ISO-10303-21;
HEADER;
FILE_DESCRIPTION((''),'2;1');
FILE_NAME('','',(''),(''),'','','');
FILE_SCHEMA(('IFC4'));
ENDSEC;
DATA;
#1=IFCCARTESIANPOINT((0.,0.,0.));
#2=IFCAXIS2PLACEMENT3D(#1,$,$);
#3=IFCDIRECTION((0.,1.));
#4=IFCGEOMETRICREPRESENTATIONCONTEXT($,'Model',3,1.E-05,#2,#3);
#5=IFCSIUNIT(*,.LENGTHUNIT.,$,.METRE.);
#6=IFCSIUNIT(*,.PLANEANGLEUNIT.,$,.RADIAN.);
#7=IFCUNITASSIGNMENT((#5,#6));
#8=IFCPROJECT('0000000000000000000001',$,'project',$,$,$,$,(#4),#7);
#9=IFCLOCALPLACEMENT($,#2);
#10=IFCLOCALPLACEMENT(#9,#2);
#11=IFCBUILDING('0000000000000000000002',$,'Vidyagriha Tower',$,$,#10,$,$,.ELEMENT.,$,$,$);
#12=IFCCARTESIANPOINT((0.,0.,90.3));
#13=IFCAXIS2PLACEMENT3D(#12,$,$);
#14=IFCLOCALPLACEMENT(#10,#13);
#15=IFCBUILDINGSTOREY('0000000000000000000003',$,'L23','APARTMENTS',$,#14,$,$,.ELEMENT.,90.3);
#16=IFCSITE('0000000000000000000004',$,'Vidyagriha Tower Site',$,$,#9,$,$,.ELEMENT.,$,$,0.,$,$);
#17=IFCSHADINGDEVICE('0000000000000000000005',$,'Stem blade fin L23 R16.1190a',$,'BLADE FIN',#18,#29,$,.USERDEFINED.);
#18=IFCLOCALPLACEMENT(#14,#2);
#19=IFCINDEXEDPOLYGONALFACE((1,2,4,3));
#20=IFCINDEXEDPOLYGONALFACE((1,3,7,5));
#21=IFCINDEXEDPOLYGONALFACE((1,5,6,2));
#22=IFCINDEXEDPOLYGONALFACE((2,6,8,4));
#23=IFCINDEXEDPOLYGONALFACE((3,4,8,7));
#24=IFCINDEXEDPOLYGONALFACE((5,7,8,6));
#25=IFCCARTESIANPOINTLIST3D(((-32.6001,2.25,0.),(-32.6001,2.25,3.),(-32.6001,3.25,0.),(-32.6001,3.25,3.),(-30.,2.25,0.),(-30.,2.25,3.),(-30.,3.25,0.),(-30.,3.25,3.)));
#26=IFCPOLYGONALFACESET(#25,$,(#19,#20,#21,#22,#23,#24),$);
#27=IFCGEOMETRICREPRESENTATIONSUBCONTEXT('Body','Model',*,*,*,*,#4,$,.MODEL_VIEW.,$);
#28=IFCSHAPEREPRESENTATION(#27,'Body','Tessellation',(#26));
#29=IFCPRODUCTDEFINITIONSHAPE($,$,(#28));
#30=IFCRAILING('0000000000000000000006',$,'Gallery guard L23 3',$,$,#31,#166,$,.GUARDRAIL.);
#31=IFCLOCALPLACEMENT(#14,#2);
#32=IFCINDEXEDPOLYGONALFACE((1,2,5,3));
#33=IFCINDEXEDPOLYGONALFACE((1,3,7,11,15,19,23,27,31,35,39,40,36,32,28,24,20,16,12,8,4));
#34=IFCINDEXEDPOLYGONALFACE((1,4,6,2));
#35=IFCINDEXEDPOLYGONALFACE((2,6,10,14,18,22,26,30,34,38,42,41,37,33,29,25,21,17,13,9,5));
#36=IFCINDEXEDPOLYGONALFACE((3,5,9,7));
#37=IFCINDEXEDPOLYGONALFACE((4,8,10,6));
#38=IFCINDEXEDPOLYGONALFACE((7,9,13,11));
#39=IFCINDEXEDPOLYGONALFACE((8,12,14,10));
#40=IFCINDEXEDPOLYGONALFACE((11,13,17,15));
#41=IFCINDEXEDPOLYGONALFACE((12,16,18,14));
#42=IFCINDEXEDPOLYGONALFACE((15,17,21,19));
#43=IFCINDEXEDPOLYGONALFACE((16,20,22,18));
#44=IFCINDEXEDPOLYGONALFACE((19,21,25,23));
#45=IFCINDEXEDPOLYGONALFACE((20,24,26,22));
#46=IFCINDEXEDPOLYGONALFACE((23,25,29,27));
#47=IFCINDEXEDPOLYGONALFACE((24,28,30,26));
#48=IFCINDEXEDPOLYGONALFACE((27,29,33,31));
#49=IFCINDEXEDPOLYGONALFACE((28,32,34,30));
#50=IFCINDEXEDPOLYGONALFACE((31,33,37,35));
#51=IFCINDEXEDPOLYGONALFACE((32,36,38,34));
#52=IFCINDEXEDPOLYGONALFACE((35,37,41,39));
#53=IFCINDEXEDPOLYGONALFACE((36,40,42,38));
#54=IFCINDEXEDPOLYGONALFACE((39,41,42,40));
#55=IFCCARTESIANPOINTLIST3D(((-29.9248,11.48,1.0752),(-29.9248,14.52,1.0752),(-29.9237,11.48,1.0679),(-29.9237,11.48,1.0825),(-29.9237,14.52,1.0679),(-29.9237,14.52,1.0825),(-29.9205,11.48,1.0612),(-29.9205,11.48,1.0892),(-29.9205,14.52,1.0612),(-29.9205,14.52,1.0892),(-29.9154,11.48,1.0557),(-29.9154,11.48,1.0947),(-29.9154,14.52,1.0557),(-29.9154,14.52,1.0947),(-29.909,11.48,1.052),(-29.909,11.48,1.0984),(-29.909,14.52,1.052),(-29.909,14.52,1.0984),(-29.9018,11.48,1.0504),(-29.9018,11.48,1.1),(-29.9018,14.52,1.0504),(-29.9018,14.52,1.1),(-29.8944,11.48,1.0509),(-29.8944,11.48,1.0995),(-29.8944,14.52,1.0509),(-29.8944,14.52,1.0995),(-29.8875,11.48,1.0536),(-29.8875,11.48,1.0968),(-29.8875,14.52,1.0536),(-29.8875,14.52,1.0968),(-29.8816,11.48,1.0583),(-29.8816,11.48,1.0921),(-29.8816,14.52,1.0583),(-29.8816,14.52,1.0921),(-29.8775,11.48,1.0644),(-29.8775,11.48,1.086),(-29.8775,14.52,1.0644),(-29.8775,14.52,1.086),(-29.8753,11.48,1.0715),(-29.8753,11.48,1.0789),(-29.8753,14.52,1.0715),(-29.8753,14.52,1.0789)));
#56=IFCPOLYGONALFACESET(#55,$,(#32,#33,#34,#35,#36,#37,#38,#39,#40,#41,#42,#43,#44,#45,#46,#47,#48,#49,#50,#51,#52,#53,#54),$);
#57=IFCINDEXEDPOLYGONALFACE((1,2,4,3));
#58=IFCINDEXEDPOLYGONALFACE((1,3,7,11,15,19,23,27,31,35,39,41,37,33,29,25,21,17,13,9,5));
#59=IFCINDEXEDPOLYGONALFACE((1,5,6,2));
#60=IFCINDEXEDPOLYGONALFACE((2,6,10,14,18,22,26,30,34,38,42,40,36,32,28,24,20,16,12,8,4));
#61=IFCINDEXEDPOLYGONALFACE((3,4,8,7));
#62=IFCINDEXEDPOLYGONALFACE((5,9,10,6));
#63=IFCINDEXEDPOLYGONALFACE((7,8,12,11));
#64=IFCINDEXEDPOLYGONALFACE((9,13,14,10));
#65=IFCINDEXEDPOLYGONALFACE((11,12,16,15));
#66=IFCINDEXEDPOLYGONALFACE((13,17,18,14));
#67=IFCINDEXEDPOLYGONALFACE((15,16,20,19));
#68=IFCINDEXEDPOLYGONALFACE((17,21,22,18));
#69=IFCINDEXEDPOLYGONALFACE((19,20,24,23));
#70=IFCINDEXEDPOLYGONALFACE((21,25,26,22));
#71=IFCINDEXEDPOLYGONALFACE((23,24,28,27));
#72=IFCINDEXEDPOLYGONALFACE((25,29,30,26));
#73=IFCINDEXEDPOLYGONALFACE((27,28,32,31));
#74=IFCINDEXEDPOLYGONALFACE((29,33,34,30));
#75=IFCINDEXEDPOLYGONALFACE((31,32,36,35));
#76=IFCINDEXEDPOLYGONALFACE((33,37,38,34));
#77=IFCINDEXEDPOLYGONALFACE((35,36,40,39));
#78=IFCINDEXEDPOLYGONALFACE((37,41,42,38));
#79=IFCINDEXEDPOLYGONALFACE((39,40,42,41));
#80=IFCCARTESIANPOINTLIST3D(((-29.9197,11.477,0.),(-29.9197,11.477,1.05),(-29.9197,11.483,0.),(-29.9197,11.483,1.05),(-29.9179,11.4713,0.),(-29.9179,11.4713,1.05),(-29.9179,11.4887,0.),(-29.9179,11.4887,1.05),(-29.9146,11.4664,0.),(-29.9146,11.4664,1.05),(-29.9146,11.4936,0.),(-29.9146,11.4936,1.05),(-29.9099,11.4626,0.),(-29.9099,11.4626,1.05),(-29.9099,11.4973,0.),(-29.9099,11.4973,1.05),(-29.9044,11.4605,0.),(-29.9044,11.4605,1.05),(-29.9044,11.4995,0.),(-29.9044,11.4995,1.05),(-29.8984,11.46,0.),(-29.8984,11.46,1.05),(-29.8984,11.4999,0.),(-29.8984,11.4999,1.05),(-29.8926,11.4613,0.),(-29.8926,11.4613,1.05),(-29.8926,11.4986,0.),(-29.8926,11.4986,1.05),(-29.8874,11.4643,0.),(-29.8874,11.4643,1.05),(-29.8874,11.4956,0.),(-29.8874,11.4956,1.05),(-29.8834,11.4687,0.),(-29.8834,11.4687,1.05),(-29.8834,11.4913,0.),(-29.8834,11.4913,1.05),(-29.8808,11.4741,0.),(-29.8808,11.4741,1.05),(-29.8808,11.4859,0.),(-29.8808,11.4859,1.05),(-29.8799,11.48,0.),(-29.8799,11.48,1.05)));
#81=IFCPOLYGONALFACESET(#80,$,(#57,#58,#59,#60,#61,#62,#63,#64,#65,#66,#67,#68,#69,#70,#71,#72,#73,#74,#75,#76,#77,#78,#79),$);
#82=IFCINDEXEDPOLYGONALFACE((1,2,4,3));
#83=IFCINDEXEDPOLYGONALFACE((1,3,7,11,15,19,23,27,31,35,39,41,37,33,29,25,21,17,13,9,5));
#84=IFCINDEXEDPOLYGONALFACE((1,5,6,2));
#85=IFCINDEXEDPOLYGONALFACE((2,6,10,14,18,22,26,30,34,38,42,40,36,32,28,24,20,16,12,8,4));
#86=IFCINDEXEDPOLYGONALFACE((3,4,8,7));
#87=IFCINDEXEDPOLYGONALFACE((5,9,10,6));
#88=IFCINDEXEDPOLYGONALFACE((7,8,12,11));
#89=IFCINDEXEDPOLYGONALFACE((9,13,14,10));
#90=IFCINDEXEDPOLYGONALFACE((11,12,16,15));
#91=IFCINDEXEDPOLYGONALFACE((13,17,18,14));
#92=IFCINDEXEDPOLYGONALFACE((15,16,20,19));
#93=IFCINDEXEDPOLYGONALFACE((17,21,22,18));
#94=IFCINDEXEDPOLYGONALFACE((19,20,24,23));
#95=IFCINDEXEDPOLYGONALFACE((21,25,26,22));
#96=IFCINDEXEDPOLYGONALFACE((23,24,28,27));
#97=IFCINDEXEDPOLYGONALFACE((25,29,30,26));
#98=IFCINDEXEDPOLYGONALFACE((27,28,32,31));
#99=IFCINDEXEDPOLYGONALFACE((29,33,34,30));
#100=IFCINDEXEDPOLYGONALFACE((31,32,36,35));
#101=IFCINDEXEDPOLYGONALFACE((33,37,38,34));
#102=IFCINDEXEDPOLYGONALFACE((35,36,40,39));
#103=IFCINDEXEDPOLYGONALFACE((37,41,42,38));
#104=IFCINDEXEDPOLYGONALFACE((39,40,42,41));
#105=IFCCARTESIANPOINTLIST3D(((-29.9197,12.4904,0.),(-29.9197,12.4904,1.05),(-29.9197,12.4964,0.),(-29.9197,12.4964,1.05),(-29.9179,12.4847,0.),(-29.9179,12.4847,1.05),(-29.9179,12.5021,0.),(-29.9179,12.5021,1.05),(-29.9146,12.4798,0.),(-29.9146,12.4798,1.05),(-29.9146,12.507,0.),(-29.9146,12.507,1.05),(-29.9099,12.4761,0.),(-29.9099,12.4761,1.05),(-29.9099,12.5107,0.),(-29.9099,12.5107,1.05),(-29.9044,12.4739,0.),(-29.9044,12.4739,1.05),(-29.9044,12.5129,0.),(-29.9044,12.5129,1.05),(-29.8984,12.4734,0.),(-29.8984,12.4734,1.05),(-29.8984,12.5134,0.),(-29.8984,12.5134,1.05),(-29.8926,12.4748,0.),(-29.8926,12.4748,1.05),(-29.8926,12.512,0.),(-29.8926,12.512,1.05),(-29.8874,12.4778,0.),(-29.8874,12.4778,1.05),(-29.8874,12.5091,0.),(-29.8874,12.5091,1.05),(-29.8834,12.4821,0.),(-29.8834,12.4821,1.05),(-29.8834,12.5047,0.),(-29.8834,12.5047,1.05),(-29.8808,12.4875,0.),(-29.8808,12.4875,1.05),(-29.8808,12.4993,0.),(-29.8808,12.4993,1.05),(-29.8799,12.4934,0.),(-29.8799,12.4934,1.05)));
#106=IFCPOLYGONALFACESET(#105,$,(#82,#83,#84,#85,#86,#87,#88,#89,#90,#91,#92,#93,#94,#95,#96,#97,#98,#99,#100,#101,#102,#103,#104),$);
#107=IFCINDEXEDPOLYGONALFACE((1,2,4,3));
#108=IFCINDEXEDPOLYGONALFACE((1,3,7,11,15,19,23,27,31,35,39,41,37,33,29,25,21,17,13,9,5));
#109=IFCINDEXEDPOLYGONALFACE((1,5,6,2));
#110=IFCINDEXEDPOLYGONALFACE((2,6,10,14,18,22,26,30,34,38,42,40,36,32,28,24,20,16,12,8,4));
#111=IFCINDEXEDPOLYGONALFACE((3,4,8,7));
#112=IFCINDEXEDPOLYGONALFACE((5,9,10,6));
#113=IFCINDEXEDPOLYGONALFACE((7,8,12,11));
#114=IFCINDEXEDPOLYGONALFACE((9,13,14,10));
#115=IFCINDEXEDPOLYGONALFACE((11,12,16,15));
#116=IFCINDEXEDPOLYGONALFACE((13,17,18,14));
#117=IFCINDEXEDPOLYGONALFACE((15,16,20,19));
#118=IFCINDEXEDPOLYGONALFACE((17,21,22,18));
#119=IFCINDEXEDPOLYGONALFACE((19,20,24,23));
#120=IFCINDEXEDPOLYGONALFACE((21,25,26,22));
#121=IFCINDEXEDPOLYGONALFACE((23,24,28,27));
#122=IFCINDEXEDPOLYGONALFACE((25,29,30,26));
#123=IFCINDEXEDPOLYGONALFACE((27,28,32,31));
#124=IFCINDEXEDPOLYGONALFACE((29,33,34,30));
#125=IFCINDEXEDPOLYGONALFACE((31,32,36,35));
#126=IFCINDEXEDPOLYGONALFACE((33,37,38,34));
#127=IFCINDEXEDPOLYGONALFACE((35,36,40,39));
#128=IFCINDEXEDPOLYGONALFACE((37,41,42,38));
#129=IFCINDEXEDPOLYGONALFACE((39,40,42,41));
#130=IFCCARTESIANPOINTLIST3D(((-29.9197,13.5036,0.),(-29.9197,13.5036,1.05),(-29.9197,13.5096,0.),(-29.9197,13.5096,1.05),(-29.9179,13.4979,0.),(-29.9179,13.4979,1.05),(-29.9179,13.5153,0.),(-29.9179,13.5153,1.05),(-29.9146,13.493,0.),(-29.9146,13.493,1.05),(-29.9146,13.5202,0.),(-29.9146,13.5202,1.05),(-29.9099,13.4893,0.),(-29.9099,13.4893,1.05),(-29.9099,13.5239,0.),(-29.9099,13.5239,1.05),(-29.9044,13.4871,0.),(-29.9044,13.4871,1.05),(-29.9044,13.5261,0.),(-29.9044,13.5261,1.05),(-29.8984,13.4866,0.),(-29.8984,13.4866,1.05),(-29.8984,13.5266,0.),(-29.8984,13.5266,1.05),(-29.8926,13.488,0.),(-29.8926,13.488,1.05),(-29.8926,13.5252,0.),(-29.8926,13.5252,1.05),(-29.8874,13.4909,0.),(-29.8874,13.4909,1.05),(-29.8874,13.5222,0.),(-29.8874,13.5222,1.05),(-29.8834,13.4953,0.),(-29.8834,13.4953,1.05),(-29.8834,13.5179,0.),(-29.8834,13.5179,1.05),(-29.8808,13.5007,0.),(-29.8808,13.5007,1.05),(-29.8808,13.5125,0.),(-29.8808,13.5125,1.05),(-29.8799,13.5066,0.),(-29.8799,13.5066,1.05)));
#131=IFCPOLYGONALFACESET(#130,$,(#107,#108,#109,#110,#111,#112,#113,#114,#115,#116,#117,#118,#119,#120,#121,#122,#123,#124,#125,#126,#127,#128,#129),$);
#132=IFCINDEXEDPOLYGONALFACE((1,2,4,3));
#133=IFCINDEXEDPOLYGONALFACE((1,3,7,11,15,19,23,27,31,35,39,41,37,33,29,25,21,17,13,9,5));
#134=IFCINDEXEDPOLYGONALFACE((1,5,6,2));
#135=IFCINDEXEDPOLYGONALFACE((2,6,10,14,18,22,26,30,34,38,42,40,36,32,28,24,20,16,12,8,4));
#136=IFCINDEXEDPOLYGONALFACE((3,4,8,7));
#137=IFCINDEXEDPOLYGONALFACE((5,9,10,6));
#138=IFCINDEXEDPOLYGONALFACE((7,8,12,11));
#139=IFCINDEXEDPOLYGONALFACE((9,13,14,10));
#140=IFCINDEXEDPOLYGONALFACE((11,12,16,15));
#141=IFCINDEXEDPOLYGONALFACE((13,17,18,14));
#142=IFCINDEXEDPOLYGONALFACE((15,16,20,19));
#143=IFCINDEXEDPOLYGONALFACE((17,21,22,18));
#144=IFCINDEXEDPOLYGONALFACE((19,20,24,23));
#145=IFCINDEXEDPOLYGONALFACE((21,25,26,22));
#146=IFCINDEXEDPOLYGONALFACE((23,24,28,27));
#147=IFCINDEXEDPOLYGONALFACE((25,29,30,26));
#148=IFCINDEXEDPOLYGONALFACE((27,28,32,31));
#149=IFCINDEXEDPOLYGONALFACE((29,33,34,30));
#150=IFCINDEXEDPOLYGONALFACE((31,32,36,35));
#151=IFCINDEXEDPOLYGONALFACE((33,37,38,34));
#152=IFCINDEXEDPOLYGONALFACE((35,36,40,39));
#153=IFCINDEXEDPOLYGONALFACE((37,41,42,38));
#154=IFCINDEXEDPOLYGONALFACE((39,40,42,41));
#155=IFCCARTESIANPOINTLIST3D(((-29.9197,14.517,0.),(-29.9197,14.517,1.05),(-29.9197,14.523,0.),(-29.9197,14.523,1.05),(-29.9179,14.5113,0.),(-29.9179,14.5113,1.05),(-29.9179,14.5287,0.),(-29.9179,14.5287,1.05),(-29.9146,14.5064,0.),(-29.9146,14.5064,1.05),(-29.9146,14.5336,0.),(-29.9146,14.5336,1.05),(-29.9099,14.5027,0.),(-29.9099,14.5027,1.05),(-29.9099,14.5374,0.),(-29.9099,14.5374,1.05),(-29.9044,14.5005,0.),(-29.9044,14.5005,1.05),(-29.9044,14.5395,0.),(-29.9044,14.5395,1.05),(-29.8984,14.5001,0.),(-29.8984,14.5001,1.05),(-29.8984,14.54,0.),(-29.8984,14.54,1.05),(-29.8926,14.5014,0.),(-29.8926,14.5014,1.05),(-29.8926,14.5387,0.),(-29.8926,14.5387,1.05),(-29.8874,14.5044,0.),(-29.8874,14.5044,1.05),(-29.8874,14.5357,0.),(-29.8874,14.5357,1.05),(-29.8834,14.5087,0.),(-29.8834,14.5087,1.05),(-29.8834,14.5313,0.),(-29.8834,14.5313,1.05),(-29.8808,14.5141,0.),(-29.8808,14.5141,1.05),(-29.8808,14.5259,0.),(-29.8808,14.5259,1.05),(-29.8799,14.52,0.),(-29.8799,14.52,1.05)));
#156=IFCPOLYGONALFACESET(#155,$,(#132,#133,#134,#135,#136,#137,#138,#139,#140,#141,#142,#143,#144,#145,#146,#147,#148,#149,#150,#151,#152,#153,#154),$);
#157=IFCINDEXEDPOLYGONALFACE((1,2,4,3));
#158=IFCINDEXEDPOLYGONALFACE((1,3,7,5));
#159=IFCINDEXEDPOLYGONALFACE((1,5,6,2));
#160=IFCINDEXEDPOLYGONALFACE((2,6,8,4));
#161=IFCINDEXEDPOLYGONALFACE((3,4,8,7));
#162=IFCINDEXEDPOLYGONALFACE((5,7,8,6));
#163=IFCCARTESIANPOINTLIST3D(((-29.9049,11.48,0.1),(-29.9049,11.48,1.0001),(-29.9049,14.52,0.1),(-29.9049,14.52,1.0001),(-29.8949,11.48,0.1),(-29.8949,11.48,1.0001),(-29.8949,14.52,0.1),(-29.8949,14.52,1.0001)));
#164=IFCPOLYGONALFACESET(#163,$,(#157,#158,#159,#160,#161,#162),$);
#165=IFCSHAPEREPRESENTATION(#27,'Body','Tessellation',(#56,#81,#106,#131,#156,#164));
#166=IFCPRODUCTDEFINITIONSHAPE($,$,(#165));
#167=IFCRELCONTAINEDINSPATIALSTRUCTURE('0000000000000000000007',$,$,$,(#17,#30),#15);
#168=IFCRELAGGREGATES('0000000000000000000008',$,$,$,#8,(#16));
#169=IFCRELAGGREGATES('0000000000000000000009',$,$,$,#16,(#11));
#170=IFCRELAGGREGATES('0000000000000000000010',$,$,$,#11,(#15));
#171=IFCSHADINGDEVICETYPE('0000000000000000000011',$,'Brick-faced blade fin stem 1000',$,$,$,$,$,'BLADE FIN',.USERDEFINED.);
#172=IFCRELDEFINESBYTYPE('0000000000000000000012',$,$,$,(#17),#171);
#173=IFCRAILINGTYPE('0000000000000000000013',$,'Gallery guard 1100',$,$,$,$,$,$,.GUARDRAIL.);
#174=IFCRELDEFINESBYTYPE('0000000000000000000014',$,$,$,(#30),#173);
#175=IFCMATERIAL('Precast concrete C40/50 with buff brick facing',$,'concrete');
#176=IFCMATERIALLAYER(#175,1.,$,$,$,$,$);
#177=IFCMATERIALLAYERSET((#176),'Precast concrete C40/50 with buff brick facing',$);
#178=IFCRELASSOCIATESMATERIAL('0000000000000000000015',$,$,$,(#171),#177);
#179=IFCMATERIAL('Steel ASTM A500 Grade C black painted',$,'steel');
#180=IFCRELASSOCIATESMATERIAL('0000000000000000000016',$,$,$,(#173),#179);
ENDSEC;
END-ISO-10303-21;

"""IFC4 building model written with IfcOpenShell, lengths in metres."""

from ifc_helpers import new_model, si_unit, direction, frame, origin, origin_2d, place, context, subcontext, project, spatial, polyline, rectangle, circle, outline, extrude, material, layer, layer_set, type_object, element, save


model = new_model("IFC4")

# Units and contexts
model_context = context("Model", 3, precision=1e-05, world=origin(), true_north=direction((0.0, 1.0)))
body_context = subcontext(model_context, "Body", "Model", "MODEL_VIEW")
ifc_project = project(units=[si_unit("LENGTHUNIT", "METRE"), si_unit("PLANEANGLEUNIT", "RADIAN")], contexts=[model_context])

# Site, building, storey
site_placement = place(None, origin())
site = spatial("IfcSite", under=ifc_project, at=site_placement, Name="Vidyagriha Tower Site", CompositionType="ELEMENT", RefElevation=0.0)
building_placement = place(site_placement, origin())
building = spatial("IfcBuilding", under=site, at=building_placement, Name="Vidyagriha Tower", CompositionType="ELEMENT")
storey_placement = place(building_placement, frame((0.0, 0.0, 90.3)))
storey = spatial("IfcBuildingStorey", under=building, at=storey_placement, Name="L23", Description="APARTMENTS", CompositionType="ELEMENT", Elevation=90.3)

# Shading device
ifc_material_1 = material(Name="Precast concrete C40/50 with buff brick facing", Category="concrete")
ifc_layer_1 = layer(ifc_material_1, 1.0)
ifc_layer_set_1 = layer_set([ifc_layer_1], Name="Precast concrete C40/50 with buff brick facing")
shading_device_type_1 = type_object("IfcShadingDeviceType", Name="Brick-faced blade fin stem 1000", ElementType="BLADE FIN", PredefinedType="USERDEFINED", material=ifc_layer_set_1)
shading_device_1_placement = place(storey_placement, frame((-31.3, 3.25, 0.0), z_axis=(0.0, 0.0, 1.0), x_axis=(0.0, -1.0, 0.0)))
element("IfcShadingDevice", 1, at=shading_device_1_placement, inside=storey, type_object=shading_device_type_1, Name="Stem blade fin L23 R16.1190a", ObjectType="BLADE FIN", PredefinedType="USERDEFINED", context=body_context, shape_type="SweptSolid", body=[
    extrude(outline(polyline([(0.0, 0.0), (1.0, 0.0), (1.0, 3.0), (0.0, 3.0), (0.0, 0.0)])), frame((0.0, 1.3, 0.0), z_axis=(0.0, -1.0, 0.0), x_axis=(1.0, 0.0, 0.0)), (0.0, 0.0, 1.0), 2.6001),
])

# Railing
ifc_material_2 = material(Name="Steel ASTM A500 Grade C black painted", Category="steel")
railing_type_1 = type_object("IfcRailingType", Name="Gallery guard 1100", PredefinedType="GUARDRAIL", material=ifc_material_2)
railing_1_placement = place(storey_placement, frame((-29.8999, 11.48, 0.0)))
element("IfcRailing", 2, at=railing_1_placement, inside=storey, type_object=railing_type_1, Name="Gallery guard L23 3", PredefinedType="GUARDRAIL", context=body_context, shape_type="SweptSolid", body=[
    extrude(circle(Radius=0.0249, at=origin_2d()), frame((0.0, 0.0, 1.0752), z_axis=(0.0, 1.0, 0.0), x_axis=(-1.0, 0.0, 0.0)), (0.0, 0.0, 1.0), 3.04),
    extrude(circle(Radius=0.02, at=origin_2d()), origin(), (0.0, 0.0, 1.0), 1.05),
    extrude(circle(Radius=0.02, at=origin_2d()), frame((0.0, 1.0134, 0.0)), (0.0, 0.0, 1.0), 1.05),
    extrude(circle(Radius=0.02, at=origin_2d()), frame((0.0, 2.0266, 0.0)), (0.0, 0.0, 1.0), 1.05),
    extrude(circle(Radius=0.02, at=origin_2d()), frame((0.0, 3.04, 0.0)), (0.0, 0.0, 1.0), 1.05),
    extrude(rectangle(XDim=0.01, YDim=0.9001, at=origin_2d()), frame((0.0, 0.0, 0.55), z_axis=(0.0, 1.0, 0.0), x_axis=(-1.0, 0.0, 0.0)), (0.0, 0.0, 1.0), 3.04),
])

save(model, "model.ifc")
